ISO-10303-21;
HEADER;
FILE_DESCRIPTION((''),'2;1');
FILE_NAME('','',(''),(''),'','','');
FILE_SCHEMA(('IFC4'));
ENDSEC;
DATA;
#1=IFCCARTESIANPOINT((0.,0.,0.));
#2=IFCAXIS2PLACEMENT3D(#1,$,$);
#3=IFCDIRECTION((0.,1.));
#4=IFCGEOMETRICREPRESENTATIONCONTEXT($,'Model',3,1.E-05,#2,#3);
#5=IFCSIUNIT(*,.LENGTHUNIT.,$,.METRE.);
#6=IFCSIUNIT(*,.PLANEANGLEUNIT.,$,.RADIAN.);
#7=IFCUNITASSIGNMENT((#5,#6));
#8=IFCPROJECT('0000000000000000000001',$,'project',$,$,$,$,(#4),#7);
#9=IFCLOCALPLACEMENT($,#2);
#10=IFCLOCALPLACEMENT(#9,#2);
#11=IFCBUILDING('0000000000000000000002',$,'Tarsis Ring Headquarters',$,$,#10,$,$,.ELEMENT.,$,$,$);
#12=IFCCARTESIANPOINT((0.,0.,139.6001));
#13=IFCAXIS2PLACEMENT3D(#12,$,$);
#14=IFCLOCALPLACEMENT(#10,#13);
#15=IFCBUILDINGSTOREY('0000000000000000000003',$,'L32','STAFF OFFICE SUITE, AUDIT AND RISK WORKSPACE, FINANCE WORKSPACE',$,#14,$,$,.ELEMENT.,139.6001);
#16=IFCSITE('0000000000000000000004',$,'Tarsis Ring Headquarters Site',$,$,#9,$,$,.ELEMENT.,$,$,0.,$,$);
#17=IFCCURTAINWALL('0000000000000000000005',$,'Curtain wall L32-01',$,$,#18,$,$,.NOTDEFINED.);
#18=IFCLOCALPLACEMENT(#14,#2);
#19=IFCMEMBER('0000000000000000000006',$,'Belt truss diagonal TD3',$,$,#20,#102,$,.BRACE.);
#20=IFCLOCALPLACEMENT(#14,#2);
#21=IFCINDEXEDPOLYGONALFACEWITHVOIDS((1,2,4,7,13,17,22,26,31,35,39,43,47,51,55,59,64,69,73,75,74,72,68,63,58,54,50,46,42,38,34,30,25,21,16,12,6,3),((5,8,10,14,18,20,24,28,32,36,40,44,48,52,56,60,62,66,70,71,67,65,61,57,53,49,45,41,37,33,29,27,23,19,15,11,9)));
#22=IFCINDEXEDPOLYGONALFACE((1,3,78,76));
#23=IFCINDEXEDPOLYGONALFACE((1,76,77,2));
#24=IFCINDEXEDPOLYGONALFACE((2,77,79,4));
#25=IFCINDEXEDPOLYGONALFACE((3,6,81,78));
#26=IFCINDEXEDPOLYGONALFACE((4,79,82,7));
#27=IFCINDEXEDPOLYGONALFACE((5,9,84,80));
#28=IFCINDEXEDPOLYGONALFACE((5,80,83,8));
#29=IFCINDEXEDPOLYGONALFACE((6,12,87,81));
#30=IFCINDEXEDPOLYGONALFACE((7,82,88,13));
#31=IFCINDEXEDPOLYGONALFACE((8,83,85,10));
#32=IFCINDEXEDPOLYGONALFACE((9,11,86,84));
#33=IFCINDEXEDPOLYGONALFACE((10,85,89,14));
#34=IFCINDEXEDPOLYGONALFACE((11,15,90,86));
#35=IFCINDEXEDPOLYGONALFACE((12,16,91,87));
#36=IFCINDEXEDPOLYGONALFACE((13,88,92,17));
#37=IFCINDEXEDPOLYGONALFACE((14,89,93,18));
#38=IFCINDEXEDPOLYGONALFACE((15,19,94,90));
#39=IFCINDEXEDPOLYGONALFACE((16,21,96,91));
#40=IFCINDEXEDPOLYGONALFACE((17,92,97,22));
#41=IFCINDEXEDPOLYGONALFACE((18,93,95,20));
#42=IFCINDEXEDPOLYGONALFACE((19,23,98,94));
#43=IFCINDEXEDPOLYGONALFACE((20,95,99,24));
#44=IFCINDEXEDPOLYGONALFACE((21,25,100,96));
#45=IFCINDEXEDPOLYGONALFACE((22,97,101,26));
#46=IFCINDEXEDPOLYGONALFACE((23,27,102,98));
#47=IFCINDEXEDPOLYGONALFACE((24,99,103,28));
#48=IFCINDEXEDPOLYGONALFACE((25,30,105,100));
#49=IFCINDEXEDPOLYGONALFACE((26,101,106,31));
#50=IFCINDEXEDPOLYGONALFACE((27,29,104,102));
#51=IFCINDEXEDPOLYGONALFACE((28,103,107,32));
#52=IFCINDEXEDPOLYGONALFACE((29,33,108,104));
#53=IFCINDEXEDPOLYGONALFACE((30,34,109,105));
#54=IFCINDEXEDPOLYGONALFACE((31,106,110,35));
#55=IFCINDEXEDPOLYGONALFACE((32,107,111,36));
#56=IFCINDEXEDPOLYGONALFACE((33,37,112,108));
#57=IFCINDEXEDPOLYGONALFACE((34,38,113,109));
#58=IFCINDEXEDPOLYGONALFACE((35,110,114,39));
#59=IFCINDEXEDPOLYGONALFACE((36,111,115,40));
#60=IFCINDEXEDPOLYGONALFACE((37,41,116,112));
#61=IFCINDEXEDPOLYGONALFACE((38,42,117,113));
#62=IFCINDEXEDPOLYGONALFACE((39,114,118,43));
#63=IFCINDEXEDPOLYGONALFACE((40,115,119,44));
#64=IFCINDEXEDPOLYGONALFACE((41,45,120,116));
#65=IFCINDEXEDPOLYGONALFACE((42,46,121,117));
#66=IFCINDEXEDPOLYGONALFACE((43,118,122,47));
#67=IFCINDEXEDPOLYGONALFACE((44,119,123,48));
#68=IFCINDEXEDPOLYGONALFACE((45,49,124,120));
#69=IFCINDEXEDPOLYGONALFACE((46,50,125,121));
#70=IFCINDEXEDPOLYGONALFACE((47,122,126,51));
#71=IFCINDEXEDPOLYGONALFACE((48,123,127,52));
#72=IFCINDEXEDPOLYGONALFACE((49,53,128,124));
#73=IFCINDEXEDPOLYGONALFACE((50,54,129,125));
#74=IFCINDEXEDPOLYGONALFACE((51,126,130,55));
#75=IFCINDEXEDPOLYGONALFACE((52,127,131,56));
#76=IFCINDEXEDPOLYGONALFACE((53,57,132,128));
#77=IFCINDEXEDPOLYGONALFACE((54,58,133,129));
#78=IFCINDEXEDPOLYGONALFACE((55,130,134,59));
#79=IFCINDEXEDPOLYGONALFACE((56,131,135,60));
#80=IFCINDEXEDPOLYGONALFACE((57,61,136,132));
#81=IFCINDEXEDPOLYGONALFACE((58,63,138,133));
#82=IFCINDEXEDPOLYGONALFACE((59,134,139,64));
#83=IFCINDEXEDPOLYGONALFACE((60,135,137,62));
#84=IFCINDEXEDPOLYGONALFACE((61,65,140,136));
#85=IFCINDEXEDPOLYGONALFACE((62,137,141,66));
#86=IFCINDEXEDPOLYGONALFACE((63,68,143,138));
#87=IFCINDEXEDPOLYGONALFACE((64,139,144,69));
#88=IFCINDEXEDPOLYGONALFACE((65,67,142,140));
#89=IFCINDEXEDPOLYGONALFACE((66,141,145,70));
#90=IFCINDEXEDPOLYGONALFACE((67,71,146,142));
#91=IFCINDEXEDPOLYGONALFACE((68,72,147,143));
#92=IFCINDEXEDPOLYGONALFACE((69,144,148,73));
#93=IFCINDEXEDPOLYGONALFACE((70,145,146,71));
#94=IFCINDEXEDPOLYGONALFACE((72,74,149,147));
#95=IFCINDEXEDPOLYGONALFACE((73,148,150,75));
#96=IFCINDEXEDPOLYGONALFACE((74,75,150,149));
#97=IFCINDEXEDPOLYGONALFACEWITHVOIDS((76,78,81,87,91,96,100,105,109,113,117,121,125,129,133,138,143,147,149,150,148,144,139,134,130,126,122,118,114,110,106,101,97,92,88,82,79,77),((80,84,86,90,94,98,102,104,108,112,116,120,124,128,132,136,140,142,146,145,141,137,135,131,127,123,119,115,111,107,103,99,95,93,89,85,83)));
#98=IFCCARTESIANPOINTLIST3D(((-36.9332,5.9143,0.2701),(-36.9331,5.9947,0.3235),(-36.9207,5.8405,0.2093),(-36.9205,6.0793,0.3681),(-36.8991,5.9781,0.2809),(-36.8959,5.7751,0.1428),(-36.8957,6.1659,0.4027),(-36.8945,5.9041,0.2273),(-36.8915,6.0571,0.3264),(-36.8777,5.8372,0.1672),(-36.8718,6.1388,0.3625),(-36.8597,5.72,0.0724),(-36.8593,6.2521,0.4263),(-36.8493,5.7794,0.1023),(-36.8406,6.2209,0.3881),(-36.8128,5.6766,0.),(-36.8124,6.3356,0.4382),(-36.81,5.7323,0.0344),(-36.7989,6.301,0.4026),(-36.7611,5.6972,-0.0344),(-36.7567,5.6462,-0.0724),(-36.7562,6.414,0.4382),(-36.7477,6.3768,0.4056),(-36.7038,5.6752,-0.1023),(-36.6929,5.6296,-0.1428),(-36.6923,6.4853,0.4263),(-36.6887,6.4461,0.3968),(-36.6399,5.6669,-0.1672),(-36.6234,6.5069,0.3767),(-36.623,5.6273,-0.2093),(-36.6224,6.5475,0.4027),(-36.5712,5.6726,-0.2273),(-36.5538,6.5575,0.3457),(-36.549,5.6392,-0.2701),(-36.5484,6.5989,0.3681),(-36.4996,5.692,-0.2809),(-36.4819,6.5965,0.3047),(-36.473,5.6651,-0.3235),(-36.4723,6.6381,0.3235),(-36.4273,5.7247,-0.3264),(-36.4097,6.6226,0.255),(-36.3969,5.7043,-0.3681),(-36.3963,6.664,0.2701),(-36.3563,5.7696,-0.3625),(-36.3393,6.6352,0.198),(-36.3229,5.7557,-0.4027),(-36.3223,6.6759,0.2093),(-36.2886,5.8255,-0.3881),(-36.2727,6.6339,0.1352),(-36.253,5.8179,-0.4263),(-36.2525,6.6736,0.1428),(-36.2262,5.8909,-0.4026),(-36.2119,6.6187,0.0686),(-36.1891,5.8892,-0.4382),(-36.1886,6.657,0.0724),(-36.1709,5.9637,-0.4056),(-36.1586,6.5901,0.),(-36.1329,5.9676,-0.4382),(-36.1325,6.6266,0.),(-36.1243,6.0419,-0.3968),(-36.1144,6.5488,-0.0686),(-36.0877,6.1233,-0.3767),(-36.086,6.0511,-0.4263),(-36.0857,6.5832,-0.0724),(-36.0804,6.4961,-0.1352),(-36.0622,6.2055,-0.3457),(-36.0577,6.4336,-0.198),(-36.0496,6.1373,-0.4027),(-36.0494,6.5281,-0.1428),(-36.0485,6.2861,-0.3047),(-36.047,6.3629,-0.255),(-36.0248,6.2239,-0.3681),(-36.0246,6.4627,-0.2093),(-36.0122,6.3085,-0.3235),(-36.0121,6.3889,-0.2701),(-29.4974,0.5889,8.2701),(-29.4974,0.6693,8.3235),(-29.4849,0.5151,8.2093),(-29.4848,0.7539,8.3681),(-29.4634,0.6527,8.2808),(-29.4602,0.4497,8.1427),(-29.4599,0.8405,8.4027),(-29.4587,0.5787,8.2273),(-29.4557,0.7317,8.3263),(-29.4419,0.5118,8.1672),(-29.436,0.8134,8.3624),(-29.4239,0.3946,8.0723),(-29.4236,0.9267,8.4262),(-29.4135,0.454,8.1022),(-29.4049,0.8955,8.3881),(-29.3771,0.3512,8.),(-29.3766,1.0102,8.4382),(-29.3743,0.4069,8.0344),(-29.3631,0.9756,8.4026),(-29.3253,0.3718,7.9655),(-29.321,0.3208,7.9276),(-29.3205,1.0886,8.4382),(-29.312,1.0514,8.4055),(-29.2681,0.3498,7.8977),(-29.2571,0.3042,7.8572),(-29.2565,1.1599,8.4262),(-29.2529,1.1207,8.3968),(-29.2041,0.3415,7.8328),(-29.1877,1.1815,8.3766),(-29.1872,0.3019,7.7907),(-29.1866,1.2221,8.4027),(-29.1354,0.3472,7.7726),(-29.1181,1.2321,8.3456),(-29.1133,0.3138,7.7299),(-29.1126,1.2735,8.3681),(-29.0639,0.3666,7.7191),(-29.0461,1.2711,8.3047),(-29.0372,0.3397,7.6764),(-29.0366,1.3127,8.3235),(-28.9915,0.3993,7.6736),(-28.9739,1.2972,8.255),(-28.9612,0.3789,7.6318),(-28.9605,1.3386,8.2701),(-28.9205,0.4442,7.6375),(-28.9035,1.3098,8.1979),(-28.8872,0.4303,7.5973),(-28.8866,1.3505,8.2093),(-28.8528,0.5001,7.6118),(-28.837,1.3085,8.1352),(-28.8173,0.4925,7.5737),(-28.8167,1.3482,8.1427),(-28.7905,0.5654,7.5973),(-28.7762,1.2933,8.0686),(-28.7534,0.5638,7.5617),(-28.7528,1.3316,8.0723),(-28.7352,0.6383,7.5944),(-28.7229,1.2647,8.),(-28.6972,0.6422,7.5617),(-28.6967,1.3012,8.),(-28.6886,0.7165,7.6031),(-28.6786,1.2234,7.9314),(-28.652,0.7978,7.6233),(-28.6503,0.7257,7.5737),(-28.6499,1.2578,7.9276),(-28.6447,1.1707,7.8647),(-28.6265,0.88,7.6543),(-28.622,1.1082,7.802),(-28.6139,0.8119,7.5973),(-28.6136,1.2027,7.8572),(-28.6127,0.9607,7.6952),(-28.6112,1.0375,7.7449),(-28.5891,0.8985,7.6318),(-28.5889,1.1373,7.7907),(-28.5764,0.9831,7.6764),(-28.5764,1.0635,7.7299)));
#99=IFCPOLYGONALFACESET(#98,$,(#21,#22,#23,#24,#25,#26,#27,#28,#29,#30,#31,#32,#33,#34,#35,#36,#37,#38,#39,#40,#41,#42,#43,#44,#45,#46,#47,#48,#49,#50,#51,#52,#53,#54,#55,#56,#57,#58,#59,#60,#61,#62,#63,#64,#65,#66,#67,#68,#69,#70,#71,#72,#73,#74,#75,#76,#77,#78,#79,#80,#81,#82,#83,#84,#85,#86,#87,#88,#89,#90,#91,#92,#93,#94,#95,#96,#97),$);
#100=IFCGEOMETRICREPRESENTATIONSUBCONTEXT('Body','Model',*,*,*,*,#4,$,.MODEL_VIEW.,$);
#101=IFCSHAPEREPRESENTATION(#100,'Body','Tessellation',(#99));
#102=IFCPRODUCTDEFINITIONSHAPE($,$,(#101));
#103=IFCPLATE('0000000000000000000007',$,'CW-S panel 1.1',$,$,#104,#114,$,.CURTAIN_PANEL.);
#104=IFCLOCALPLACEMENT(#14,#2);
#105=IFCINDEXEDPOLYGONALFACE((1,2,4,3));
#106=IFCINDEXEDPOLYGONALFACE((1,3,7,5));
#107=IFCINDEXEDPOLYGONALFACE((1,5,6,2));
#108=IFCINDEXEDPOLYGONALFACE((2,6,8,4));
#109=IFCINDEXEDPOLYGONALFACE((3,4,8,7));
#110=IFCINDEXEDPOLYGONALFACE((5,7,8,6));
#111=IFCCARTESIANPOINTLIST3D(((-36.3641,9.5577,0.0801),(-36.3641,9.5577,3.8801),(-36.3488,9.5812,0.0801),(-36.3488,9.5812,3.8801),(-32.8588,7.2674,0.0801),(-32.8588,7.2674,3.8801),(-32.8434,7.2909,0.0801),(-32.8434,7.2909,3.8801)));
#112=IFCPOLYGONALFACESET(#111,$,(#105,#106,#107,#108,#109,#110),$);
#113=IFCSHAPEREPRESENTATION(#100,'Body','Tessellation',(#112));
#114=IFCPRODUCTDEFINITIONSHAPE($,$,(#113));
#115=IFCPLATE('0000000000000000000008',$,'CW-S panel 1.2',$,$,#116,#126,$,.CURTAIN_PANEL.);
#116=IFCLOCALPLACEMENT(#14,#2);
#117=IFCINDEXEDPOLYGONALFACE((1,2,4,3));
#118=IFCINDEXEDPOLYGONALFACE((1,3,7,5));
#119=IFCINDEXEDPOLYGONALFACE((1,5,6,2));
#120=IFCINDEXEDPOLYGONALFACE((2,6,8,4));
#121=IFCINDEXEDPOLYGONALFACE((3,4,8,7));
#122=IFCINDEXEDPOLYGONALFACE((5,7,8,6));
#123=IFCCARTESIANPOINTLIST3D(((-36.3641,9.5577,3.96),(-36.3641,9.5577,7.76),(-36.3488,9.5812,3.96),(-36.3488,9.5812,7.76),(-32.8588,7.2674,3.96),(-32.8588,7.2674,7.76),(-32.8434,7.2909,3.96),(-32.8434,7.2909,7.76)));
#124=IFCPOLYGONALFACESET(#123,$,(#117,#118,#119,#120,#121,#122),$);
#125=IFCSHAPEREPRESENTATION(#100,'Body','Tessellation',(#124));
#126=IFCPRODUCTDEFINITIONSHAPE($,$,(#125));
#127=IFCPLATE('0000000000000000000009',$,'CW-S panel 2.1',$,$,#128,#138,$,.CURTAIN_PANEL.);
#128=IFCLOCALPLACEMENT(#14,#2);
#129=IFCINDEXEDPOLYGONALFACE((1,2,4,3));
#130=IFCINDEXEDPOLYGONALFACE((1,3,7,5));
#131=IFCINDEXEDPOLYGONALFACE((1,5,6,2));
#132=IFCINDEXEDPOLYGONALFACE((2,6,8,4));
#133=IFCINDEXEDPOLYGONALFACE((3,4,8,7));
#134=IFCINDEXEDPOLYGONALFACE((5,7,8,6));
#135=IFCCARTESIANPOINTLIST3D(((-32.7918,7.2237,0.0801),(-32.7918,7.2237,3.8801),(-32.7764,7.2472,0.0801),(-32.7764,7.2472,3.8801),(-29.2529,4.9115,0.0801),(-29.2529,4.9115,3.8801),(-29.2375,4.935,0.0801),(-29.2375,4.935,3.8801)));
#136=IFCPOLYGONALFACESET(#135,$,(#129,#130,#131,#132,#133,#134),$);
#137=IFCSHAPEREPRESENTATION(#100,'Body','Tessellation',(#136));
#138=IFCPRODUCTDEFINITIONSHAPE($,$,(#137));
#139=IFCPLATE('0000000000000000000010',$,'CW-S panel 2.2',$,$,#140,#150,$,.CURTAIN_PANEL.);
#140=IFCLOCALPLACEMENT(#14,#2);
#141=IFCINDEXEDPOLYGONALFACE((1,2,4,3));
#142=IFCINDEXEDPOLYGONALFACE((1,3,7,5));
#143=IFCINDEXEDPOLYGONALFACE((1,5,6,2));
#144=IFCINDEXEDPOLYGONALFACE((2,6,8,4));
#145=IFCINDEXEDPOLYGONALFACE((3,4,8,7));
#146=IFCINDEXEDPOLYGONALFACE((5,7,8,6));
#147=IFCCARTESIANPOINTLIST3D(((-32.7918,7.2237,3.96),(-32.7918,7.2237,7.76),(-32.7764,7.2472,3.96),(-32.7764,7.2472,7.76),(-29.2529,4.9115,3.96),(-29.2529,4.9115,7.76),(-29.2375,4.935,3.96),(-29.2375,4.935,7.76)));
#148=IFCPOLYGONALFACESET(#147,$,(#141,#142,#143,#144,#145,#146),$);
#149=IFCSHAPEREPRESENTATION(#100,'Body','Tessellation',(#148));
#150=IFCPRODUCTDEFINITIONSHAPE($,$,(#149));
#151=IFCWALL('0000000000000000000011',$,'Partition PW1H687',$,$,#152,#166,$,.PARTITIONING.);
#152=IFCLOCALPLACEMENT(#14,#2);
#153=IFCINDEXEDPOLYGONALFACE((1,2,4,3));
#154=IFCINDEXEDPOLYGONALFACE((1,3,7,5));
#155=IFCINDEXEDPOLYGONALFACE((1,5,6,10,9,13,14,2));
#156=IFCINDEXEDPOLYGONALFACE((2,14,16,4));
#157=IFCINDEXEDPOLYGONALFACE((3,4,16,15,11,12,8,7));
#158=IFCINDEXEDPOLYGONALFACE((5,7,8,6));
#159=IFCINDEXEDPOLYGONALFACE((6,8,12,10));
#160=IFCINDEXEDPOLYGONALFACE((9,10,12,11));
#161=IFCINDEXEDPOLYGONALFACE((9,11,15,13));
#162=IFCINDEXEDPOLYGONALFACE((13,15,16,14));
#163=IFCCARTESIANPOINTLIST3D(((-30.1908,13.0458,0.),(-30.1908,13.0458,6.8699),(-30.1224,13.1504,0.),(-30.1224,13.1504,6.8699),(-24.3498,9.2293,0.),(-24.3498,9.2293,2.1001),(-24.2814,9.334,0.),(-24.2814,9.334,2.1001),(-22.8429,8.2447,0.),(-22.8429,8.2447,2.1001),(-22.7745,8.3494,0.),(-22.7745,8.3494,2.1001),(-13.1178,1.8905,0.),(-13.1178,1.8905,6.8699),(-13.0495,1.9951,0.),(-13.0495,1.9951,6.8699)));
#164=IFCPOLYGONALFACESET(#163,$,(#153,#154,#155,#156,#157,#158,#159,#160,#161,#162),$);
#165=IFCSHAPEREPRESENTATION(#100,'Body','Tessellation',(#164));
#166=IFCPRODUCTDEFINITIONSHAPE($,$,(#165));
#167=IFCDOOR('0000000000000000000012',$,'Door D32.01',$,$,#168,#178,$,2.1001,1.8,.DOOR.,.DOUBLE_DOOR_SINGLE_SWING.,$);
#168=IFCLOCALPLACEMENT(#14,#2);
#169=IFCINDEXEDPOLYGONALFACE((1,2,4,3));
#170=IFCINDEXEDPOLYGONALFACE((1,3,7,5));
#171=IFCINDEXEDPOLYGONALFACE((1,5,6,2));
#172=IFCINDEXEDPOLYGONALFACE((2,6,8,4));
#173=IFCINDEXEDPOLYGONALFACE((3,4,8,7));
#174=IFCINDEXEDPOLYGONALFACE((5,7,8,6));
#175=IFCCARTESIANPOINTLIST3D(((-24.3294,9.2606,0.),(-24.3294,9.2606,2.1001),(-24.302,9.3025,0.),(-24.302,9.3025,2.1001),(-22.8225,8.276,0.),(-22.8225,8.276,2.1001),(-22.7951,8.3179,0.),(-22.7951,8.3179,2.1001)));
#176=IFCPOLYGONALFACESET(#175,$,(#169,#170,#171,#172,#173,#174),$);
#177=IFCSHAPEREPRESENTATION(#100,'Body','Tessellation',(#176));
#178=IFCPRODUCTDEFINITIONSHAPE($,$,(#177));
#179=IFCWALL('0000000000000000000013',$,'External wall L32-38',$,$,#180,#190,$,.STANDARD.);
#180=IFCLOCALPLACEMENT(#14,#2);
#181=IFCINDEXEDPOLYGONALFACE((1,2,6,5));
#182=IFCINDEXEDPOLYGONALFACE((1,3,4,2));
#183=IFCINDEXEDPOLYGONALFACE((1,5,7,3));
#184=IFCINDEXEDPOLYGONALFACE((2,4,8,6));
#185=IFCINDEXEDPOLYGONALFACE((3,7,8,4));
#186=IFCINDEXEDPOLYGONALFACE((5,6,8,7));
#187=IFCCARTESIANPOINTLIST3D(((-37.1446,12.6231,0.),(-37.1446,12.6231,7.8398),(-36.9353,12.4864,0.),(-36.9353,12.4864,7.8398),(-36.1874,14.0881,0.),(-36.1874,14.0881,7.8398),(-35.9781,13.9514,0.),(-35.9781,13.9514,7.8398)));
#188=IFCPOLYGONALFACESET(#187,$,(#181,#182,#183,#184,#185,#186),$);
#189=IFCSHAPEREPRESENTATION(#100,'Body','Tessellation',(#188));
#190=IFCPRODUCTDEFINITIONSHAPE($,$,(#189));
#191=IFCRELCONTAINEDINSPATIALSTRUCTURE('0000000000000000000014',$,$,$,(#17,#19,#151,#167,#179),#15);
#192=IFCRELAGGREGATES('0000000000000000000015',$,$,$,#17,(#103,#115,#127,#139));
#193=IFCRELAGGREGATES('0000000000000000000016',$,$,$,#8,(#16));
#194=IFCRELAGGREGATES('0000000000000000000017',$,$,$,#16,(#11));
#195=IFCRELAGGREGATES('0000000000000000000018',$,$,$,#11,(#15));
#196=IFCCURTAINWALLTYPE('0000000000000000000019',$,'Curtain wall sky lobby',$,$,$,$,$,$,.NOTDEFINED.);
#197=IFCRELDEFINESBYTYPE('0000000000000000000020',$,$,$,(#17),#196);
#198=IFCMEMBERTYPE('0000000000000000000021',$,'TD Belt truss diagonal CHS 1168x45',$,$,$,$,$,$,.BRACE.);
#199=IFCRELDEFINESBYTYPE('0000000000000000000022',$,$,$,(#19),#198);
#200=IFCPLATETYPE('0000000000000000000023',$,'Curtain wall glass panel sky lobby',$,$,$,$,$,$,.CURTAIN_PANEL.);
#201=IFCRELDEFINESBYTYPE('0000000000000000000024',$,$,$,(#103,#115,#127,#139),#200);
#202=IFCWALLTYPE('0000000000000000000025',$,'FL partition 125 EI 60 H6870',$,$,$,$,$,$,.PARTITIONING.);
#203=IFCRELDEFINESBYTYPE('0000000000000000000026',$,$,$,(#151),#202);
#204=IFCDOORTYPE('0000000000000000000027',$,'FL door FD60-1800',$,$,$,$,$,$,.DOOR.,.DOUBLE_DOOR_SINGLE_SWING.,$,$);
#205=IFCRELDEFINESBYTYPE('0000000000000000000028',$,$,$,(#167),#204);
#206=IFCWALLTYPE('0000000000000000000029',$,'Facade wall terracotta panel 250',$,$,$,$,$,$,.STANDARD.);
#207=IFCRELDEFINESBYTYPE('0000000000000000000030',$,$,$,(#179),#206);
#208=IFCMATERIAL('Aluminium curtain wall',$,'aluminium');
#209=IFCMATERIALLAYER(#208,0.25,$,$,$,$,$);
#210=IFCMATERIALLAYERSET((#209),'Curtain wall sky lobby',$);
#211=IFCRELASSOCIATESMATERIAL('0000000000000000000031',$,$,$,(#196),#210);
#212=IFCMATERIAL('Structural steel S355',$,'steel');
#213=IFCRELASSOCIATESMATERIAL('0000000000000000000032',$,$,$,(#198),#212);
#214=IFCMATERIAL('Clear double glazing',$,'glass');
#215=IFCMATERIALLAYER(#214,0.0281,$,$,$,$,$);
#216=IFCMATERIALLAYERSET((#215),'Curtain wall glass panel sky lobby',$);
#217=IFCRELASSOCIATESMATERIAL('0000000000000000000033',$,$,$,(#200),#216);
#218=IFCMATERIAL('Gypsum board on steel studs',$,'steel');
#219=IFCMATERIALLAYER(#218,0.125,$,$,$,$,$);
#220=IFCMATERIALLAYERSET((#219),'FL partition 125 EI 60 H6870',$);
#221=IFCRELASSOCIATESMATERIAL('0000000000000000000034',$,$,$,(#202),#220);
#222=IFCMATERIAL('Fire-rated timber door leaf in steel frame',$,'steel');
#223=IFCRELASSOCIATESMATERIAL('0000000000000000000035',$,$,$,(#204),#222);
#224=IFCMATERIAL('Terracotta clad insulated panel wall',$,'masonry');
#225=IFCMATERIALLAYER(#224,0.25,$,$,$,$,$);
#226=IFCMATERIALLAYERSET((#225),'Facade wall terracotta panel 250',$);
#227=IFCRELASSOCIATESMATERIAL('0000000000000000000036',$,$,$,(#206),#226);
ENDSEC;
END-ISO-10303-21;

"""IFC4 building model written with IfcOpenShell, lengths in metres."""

from ifc_helpers import new_model, si_unit, direction, frame, frame_2d, origin, origin_2d, place, context, subcontext, project, spatial, rectangle, hollow_circle, extrude, material, layer, layer_set, material_profile, profile_set, type_object, element, fill, aggregate, save


model = new_model("IFC4")

# Units and contexts
model_context = context("Model", 3, precision=1e-05, world=origin(), true_north=direction((0.0, 1.0)))
body_context = subcontext(model_context, "Body", "Model", "MODEL_VIEW")
ifc_project = project(units=[si_unit("LENGTHUNIT", "METRE"), si_unit("PLANEANGLEUNIT", "RADIAN")], contexts=[model_context])

# Site, building, storey
site_placement = place(None, origin())
site = spatial("IfcSite", under=ifc_project, at=site_placement, Name="Tarsis Ring Headquarters Site", CompositionType="ELEMENT", RefElevation=0.0)
building_placement = place(site_placement, origin())
building = spatial("IfcBuilding", under=site, at=building_placement, Name="Tarsis Ring Headquarters", CompositionType="ELEMENT")
storey_placement = place(building_placement, frame((0.0, 0.0, 139.6001)))
storey = spatial("IfcBuildingStorey", under=building, at=storey_placement, Name="L32", Description="STAFF OFFICE SUITE, AUDIT AND RISK WORKSPACE, FINANCE WORKSPACE", CompositionType="ELEMENT", Elevation=139.6001)

# Shared definitions
ifc_material_1 = material(Name="Structural steel S355", Category="steel")
ifc_material_profile_1 = material_profile(ifc_material_1, hollow_circle(Radius=0.5842, WallThickness=0.0449, at=origin_2d()), Name="CHS 1168x45")
ifc_profile_set_1 = profile_set([ifc_material_profile_1], Name="Structural steel S355")

# Curtain wall
ifc_material_2 = material(Name="Aluminium curtain wall", Category="aluminium")
ifc_layer_1 = layer(ifc_material_2, 0.25)
ifc_layer_set_1 = layer_set([ifc_layer_1], Name="Curtain wall sky lobby")
curtain_wall_type = type_object("IfcCurtainWallType", Name="Curtain wall sky lobby", PredefinedType="NOTDEFINED", material=ifc_layer_set_1)
curtain_wall_placement = place(storey_placement, origin())
curtain_wall = element("IfcCurtainWall", 1, at=curtain_wall_placement, inside=storey, type_object=curtain_wall_type, Name="Curtain wall L32-01", PredefinedType="NOTDEFINED")

# Member
member_type_1 = type_object("IfcMemberType", Name="TD Belt truss diagonal CHS 1168x45", PredefinedType="BRACE", material=ifc_profile_set_1)
member_1_placement = place(storey_placement, frame((-36.4727, 6.1516, 0.0), z_axis=(0.61194, -0.438265, 0.658372), x_axis=(0.582263, 0.813001, 0.0)))
element("IfcMember", 2, at=member_1_placement, inside=storey, type_object=member_type_1, Name="Belt truss diagonal TD3", PredefinedType="BRACE", context=body_context, shape_type="SweptSolid", body=[
    extrude(hollow_circle(Radius=0.5842, WallThickness=0.0449, at=origin_2d()), origin(), (0.0, 0.0, 1.0), 12.1511),
])

# Plates
ifc_material_3 = material(Name="Clear double glazing", Category="glass")
ifc_layer_2 = layer(ifc_material_3, 0.0281)
ifc_layer_set_2 = layer_set([ifc_layer_2], Name="Curtain wall glass panel sky lobby")
plate_type = type_object("IfcPlateType", Name="Curtain wall glass panel sky lobby", PredefinedType="CURTAIN_PANEL", material=ifc_layer_set_2)
plate_1_placement = place(storey_placement, frame((-34.6038, 8.4243, 0.0801), z_axis=(0.0, 0.0, 1.0), x_axis=(0.837146, -0.546979, 0.0)))
plate_1 = element("IfcPlate", 3, at=plate_1_placement, type_object=plate_type, Name="CW-S panel 1.1", PredefinedType="CURTAIN_PANEL", context=body_context, shape_type="SweptSolid", body=[
    extrude(rectangle(XDim=4.1873, YDim=0.0281, at=origin_2d()), origin(), (0.0, 0.0, 1.0), 3.8),
])
plate_2_placement = place(storey_placement, frame((-34.6038, 8.4243, 3.96), z_axis=(0.0, 0.0, 1.0), x_axis=(0.837146, -0.546979, 0.0)))
plate_2 = element("IfcPlate", 4, at=plate_2_placement, type_object=plate_type, Name="CW-S panel 1.2", PredefinedType="CURTAIN_PANEL", context=body_context, shape_type="SweptSolid", body=[
    extrude(rectangle(XDim=4.1873, YDim=0.0281, at=origin_2d()), origin(), (0.0, 0.0, 1.0), 3.8),
])
plate_3_placement = place(storey_placement, frame((-31.0146, 6.0793, 0.0801), z_axis=(0.0, 0.0, 1.0), x_axis=(0.837146, -0.546979, 0.0)))
plate_3 = element("IfcPlate", 5, at=plate_3_placement, type_object=plate_type, Name="CW-S panel 2.1", PredefinedType="CURTAIN_PANEL", context=body_context, shape_type="SweptSolid", body=[
    extrude(rectangle(XDim=4.2273, YDim=0.0281, at=origin_2d()), origin(), (0.0, 0.0, 1.0), 3.8),
])
plate_4_placement = place(storey_placement, frame((-31.0146, 6.0793, 3.96), z_axis=(0.0, 0.0, 1.0), x_axis=(0.837146, -0.546979, 0.0)))
plate_4 = element("IfcPlate", 6, at=plate_4_placement, type_object=plate_type, Name="CW-S panel 2.2", PredefinedType="CURTAIN_PANEL", context=body_context, shape_type="SweptSolid", body=[
    extrude(rectangle(XDim=4.2273, YDim=0.0281, at=origin_2d()), origin(), (0.0, 0.0, 1.0), 3.8),
])
aggregate(curtain_wall, [plate_1, plate_2, plate_3, plate_4])

# Wall, opening, door
ifc_material_4 = material(Name="Gypsum board on steel studs", Category="steel")
ifc_layer_3 = layer(ifc_material_4, 0.125)
ifc_layer_set_3 = layer_set([ifc_layer_3], Name="FL partition 125 EI 60 H6870")
wall_type_1 = type_object("IfcWallType", Name="FL partition 125 EI 60 H6870", PredefinedType="PARTITIONING", material=ifc_layer_set_3)
wall_placement = place(storey_placement, frame((-30.1567, 13.0981, 0.0), z_axis=(0.0, 0.0, 1.0), x_axis=(0.837146, -0.54698, 0.0)))
wall = element("IfcWall", 7, at=wall_placement, inside=storey, type_object=wall_type_1, Name="Partition PW1H687", PredefinedType="PARTITIONING", context=body_context, shape_type="SweptSolid", body=[
    extrude(rectangle(XDim=20.3943, YDim=0.125, at=frame_2d((10.1973, 0.0))), origin(), (0.0, 0.0, 1.0), 6.8699),
])
opening_placement = place(wall_placement, frame((6.9775, 0.0, 0.0)))
opening = element("IfcOpeningElement", 8, at=opening_placement, cuts=wall, PredefinedType="OPENING", context=body_context, shape_type="SweptSolid", body=[
    extrude(rectangle(XDim=1.8, YDim=2.1001, at=frame_2d((0.8999, 1.05))), frame((0.0, 0.0725, 0.0), z_axis=(0.0, -1.0, 0.0), x_axis=(1.0, 0.0, 0.0)), (0.0, 0.0, 1.0), 0.145),
])
ifc_material_5 = material(Name="Fire-rated timber door leaf in steel frame", Category="steel")
door_type = type_object("IfcDoorType", Name="FL door FD60-1800", OperationType="DOUBLE_DOOR_SINGLE_SWING", PredefinedType="DOOR", material=ifc_material_5)
door_placement = place(opening_placement, origin())
door = element("IfcDoor", 9, at=door_placement, inside=storey, type_object=door_type, Name="Door D32.01", OperationType="DOUBLE_DOOR_SINGLE_SWING", OverallHeight=2.1001, OverallWidth=1.8, PredefinedType="DOOR", context=body_context, shape_type="SweptSolid", body=[
    extrude(rectangle(XDim=1.8, YDim=2.1001, at=frame_2d((0.8999, 1.05))), frame((0.0, 0.0249, 0.0), z_axis=(0.0, -1.0, 0.0), x_axis=(1.0, 0.0, 0.0)), (0.0, 0.0, 1.0), 0.05),
])
fill(opening, door)

# Wall
ifc_material_6 = material(Name="Terracotta clad insulated panel wall", Category="masonry")
ifc_layer_4 = layer(ifc_material_6, 0.25)
ifc_layer_set_4 = layer_set([ifc_layer_4], Name="Facade wall terracotta panel 250")
wall_type_2 = type_object("IfcWallType", Name="Facade wall terracotta panel 250", PredefinedType="STANDARD", material=ifc_layer_set_4)
for number, where, z_axis, x_axis, name in (
    (10, (-36.0828, 14.0198, 0.0), (0.0, 0.0, 1.0), (-0.546982, -0.837144, 0.0), "External wall L32-38"),
):
    element("IfcWall", number, at=place(storey_placement, frame(where, z_axis=z_axis, x_axis=x_axis)), inside=storey, type_object=wall_type_2, Name=name, PredefinedType="STANDARD", context=body_context, shape_type="SweptSolid", body=[
        extrude(rectangle(XDim=1.75, YDim=0.25, at=frame_2d((0.875, 0.0))), origin(), (0.0, 0.0, 1.0), 7.8398),
    ])

save(model, "model.ifc")
